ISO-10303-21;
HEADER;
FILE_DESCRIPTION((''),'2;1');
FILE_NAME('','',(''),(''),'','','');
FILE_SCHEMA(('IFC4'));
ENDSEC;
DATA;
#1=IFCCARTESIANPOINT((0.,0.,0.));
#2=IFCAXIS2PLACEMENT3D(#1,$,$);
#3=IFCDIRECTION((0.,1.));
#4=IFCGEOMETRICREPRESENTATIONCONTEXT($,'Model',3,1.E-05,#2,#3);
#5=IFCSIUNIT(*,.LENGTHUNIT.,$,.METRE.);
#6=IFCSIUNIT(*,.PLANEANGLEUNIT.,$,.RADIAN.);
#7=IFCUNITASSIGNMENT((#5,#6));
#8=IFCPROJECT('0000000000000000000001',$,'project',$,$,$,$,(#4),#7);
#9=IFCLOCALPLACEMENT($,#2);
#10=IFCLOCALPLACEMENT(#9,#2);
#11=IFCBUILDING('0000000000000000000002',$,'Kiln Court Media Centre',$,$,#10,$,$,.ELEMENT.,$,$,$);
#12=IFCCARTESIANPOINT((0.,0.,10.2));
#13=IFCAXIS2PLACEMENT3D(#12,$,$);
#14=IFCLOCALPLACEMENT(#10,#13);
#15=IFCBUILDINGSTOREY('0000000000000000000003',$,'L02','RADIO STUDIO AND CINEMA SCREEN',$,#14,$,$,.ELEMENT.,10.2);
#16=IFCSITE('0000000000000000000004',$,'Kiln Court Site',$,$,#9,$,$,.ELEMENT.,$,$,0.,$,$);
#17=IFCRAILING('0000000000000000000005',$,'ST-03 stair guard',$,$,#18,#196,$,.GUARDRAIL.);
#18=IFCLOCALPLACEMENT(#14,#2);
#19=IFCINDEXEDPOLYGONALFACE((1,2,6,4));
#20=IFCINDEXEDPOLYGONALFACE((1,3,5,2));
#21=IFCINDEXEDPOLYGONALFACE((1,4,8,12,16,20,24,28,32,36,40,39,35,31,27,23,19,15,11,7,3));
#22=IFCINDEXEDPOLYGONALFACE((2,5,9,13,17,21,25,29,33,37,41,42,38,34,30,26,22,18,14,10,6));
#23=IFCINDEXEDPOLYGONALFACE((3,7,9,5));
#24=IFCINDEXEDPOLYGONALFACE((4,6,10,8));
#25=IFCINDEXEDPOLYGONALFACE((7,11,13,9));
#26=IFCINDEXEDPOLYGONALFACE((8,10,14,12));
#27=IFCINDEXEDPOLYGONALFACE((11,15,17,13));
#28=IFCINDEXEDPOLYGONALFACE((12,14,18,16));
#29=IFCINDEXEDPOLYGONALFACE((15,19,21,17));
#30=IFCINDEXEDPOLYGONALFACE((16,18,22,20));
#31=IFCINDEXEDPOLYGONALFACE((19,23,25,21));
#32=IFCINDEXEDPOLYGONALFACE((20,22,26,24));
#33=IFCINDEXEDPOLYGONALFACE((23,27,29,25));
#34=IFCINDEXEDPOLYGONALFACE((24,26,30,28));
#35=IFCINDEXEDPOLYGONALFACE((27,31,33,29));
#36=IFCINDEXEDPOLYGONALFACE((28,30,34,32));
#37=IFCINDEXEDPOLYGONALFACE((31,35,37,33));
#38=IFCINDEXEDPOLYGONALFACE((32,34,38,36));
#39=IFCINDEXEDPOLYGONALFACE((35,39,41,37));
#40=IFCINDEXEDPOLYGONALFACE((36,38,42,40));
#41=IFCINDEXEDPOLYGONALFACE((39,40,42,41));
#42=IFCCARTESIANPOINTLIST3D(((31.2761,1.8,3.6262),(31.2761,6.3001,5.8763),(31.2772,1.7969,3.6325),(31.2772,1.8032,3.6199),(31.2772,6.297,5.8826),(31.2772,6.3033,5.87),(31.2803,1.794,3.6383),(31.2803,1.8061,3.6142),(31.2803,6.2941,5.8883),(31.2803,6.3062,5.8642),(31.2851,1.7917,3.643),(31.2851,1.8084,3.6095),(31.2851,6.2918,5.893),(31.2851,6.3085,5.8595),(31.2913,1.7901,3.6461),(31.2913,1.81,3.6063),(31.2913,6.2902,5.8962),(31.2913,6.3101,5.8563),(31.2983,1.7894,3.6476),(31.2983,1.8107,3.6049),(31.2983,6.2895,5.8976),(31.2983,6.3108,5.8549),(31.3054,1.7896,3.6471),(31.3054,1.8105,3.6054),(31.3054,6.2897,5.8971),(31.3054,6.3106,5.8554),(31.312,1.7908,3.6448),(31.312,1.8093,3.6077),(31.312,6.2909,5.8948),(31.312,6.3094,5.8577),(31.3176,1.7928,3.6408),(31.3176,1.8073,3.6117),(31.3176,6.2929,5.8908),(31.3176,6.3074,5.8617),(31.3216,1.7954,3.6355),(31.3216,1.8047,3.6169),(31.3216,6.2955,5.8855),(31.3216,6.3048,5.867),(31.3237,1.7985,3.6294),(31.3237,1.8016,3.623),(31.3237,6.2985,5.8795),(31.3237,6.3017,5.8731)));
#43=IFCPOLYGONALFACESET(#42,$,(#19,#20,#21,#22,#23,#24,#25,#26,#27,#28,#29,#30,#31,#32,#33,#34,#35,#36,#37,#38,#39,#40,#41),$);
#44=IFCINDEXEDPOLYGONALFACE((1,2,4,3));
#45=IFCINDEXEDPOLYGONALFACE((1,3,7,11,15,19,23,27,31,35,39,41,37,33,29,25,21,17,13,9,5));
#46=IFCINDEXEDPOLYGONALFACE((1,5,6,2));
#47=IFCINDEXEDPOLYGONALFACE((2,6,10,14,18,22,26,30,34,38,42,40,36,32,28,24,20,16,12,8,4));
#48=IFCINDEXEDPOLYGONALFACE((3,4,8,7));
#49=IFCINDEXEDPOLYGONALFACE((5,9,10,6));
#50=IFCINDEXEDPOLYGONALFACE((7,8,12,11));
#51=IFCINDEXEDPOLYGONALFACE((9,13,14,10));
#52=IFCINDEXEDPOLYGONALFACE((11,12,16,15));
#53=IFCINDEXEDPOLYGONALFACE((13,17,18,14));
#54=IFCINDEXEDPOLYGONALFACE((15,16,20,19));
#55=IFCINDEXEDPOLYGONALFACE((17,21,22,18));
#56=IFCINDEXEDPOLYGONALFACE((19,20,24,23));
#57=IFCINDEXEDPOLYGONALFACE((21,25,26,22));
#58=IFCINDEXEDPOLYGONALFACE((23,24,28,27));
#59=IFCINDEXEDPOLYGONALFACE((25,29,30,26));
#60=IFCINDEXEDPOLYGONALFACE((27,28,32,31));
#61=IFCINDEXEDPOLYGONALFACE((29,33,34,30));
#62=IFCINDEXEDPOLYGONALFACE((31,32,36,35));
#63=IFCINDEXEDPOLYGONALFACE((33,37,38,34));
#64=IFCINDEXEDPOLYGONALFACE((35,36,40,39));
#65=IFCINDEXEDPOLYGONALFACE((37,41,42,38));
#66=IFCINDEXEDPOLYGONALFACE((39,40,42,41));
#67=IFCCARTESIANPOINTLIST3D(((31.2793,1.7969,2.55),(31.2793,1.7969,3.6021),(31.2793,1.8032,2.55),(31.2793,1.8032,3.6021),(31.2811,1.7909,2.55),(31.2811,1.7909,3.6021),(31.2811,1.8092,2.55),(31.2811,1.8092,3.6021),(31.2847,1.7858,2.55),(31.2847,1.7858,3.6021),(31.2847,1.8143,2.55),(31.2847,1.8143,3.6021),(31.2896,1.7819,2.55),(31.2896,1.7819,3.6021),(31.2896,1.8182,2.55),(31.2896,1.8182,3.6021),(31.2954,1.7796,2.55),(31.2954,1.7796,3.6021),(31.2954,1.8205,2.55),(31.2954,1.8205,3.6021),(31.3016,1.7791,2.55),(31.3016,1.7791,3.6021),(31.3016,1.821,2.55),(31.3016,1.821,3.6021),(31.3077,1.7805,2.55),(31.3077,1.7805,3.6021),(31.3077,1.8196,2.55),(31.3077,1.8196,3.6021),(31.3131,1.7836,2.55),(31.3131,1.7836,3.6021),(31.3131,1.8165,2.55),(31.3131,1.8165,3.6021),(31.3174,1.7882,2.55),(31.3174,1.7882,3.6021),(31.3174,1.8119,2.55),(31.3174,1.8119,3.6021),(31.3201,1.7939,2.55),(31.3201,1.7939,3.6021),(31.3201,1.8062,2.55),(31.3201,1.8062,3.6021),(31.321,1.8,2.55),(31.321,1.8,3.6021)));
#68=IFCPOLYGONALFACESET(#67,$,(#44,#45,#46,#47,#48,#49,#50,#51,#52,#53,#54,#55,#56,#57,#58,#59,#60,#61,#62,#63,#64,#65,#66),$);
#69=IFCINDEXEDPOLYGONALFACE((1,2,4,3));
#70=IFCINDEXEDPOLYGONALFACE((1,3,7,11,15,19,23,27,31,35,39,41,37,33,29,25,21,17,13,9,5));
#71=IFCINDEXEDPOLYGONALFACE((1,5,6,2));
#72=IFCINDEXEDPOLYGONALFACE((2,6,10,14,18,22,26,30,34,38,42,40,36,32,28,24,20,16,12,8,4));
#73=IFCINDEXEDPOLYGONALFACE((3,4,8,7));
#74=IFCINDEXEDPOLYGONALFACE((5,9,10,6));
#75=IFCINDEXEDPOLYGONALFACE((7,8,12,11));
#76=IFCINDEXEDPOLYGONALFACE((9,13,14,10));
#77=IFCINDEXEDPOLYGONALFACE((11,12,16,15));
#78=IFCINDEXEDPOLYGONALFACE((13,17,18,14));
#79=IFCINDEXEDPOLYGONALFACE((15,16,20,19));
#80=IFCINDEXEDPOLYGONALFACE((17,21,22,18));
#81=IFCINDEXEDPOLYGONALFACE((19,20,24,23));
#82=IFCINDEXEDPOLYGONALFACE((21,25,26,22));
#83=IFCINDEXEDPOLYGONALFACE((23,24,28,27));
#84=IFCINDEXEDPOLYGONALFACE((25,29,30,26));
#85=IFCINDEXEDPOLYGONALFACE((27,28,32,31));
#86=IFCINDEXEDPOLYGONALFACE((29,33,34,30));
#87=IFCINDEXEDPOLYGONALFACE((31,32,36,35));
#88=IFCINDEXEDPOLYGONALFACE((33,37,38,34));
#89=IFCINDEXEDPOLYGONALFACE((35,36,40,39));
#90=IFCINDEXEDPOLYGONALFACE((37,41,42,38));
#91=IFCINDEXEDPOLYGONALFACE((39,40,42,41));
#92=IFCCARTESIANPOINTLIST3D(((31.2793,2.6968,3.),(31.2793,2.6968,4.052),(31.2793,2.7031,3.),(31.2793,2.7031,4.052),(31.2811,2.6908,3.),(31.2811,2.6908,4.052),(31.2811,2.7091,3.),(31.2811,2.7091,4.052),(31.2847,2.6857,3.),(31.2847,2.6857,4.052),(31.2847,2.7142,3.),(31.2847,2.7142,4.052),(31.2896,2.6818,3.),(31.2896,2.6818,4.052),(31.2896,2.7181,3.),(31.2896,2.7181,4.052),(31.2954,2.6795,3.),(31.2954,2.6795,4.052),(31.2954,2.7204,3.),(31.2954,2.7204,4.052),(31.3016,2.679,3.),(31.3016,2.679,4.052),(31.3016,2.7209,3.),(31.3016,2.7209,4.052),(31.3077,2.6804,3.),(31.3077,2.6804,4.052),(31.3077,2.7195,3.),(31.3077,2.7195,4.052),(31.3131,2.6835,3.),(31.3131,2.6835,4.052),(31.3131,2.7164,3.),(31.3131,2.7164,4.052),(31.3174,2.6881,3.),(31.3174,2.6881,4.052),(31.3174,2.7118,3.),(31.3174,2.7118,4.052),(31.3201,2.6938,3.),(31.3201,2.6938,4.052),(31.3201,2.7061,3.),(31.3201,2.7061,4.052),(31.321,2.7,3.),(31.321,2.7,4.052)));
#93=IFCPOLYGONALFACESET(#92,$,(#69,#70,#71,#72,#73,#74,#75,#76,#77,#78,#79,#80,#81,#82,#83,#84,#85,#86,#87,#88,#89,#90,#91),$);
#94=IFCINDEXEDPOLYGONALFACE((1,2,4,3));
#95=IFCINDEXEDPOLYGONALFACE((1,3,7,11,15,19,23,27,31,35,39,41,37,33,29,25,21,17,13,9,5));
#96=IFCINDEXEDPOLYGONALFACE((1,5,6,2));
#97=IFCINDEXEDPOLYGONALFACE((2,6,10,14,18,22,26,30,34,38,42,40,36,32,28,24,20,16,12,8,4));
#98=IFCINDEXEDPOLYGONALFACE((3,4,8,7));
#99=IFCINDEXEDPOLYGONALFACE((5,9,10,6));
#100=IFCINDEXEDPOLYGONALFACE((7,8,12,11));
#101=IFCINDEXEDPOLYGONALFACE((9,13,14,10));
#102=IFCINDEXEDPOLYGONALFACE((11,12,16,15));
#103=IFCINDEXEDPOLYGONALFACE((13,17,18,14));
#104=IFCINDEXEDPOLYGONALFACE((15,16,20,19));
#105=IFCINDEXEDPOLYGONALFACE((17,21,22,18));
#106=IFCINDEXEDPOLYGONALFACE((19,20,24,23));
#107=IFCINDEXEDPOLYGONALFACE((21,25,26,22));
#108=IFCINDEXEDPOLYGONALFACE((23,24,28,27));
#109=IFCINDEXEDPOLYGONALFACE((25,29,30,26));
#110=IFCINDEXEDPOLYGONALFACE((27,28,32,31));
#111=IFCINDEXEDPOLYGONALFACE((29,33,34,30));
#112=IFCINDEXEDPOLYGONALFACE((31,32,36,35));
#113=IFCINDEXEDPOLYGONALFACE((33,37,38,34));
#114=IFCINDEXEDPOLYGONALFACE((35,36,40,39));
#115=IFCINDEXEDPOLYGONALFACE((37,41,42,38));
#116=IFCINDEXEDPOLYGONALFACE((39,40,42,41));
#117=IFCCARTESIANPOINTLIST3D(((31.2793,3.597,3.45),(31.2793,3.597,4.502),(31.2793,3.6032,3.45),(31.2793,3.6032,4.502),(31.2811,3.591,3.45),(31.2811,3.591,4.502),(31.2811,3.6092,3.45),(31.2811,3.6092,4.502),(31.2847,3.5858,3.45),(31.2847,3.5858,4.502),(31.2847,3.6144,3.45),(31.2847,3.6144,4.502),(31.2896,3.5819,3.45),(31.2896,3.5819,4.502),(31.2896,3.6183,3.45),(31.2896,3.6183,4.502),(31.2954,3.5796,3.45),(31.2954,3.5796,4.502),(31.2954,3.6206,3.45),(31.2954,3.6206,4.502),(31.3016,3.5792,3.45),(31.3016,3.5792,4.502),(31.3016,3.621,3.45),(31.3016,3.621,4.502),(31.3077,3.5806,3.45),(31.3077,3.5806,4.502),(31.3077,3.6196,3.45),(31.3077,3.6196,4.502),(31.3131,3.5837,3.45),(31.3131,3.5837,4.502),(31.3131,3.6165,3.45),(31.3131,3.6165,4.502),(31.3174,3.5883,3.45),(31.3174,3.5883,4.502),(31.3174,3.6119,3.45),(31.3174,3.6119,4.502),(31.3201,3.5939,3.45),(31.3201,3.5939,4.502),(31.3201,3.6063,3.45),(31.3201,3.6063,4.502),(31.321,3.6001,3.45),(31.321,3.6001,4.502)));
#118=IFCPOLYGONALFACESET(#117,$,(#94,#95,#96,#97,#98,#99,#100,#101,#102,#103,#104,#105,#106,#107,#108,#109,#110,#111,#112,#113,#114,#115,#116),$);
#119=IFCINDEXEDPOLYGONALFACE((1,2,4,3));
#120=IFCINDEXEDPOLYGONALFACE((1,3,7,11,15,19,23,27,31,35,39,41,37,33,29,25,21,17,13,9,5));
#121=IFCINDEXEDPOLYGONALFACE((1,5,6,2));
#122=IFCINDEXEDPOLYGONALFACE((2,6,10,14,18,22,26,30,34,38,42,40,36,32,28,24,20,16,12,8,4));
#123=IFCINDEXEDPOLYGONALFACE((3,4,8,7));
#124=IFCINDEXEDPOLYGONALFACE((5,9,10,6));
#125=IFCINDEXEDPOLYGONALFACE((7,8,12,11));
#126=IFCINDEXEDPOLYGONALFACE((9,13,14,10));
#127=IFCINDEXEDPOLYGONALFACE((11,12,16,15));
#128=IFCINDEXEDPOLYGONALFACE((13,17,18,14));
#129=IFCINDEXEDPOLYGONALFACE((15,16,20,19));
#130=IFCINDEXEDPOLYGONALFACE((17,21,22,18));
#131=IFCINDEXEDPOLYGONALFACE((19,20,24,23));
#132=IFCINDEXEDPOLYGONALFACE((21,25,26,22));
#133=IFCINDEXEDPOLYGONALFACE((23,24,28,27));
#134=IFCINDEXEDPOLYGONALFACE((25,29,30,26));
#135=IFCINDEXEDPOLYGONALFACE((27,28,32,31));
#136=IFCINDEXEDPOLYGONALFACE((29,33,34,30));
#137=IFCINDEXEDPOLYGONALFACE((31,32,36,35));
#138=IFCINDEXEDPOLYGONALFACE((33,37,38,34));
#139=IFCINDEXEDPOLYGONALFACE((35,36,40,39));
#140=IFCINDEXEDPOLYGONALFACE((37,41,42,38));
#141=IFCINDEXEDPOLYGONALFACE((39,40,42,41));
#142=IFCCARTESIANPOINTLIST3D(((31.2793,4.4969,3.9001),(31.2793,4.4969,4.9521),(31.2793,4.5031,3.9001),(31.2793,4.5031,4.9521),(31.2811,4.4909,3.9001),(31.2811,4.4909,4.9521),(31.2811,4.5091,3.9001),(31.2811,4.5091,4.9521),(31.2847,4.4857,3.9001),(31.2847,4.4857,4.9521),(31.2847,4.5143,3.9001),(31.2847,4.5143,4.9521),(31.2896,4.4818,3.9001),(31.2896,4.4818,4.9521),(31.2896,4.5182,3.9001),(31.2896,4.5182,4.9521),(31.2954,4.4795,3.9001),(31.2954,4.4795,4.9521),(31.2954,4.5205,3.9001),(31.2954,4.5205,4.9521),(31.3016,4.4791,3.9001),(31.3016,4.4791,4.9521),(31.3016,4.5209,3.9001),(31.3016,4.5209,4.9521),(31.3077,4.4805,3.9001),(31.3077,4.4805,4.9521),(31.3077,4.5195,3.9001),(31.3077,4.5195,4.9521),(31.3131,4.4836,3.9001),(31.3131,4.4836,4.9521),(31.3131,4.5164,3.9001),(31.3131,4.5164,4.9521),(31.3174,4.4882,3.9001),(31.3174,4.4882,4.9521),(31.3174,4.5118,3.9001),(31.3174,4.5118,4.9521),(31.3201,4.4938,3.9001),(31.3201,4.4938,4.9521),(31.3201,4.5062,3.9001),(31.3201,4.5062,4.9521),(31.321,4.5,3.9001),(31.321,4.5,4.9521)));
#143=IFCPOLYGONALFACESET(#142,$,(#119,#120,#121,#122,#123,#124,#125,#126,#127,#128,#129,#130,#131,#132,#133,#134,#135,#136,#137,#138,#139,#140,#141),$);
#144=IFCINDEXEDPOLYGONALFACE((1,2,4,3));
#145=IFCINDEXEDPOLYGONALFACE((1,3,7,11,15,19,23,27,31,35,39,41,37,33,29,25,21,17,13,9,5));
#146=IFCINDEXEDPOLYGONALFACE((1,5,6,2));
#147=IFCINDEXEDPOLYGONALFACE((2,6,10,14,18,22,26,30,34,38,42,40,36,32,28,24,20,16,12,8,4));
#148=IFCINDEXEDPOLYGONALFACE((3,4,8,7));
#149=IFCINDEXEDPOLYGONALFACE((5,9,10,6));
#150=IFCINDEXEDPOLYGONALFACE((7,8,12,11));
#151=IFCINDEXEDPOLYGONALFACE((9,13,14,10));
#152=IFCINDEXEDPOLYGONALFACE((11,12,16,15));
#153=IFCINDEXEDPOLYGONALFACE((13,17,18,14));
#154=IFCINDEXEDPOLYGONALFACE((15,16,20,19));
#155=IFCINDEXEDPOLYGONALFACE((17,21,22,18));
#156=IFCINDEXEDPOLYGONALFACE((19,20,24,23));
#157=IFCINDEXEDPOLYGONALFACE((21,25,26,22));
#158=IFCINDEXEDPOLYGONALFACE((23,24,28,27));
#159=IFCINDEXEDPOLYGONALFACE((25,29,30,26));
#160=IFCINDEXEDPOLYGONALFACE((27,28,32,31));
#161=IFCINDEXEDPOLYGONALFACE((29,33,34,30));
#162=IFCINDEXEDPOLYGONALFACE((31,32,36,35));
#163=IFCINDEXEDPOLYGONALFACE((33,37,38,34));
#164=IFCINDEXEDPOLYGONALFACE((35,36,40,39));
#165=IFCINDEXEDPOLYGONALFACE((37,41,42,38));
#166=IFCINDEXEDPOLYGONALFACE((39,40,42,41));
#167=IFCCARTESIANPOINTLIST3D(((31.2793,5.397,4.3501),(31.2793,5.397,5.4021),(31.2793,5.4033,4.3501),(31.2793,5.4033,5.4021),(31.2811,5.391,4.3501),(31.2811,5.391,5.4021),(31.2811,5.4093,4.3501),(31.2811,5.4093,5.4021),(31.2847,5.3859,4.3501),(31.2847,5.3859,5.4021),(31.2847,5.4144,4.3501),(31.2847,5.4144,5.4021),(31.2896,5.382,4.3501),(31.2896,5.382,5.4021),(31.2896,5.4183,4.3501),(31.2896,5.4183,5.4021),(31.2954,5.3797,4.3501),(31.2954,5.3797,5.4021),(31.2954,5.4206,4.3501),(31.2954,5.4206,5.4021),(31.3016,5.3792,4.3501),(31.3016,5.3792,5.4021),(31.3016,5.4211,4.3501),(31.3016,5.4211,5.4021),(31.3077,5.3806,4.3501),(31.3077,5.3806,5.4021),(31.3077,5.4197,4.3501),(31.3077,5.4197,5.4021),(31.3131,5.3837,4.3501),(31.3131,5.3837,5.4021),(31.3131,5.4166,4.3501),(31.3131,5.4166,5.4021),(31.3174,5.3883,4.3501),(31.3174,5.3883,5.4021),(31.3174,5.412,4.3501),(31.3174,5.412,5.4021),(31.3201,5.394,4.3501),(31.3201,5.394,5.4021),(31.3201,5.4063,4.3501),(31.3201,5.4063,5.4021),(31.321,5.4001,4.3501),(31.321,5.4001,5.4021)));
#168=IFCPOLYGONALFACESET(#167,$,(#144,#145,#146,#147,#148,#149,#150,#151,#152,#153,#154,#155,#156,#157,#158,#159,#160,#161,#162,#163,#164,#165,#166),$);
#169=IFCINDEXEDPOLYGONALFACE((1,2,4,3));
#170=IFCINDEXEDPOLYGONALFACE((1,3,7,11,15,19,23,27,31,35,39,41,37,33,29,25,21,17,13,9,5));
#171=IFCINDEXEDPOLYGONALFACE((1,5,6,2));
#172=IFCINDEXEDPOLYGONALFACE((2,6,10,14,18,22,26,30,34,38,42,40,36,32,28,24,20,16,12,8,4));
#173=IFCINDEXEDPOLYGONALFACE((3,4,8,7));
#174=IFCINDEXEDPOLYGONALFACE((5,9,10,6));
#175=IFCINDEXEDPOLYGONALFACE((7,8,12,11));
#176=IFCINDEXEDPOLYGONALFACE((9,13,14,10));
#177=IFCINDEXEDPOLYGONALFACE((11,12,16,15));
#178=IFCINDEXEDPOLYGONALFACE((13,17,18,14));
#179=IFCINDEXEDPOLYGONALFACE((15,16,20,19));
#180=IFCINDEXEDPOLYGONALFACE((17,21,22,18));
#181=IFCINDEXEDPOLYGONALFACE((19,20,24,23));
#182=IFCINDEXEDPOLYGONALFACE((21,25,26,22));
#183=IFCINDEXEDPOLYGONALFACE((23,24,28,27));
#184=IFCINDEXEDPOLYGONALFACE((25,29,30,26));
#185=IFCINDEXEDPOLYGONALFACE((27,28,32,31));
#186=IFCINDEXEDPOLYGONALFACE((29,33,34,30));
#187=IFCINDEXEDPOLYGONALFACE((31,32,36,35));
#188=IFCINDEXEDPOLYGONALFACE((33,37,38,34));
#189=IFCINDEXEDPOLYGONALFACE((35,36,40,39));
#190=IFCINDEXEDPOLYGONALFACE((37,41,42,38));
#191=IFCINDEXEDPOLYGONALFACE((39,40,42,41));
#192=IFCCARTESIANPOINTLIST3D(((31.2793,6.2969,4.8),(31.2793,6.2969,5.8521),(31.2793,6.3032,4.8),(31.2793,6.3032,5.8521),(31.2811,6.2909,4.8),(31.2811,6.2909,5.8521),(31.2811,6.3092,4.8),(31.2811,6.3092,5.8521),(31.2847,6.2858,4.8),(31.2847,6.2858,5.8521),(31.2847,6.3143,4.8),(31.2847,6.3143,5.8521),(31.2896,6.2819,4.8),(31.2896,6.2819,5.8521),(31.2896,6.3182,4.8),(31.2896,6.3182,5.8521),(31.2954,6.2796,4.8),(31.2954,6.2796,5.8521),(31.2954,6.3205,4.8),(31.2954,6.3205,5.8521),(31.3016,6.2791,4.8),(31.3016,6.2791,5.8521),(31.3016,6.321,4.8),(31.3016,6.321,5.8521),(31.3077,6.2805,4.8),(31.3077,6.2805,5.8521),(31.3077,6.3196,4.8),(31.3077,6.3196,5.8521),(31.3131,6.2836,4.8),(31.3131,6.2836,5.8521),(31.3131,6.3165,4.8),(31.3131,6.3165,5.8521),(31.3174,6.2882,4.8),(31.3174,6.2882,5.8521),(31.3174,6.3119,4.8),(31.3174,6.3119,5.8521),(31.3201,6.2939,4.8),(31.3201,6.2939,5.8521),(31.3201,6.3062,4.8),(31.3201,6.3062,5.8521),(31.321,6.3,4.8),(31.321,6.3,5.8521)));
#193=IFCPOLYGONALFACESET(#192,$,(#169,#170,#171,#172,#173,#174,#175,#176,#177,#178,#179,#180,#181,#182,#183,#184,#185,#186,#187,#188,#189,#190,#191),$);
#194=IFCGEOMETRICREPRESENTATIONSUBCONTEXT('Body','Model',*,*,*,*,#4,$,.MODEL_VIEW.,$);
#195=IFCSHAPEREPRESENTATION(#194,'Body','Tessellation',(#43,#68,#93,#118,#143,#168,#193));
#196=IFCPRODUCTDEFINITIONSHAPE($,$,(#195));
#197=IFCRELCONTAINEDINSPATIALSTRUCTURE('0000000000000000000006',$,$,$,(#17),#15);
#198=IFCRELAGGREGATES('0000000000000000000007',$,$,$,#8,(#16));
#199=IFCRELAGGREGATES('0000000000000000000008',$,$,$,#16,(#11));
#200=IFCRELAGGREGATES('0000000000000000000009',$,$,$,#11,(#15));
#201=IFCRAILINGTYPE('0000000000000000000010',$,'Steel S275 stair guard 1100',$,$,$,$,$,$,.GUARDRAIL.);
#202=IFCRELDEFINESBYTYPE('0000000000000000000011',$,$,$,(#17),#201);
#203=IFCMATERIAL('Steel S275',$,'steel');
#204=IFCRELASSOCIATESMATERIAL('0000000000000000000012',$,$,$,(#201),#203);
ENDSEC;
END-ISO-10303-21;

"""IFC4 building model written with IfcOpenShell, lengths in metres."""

from ifc_helpers import new_model, si_unit, direction, frame, origin, origin_2d, place, context, subcontext, project, spatial, circle, extrude, material, type_object, element, save


model = new_model("IFC4")

# Units and contexts
model_context = context("Model", 3, precision=1e-05, world=origin(), true_north=direction((0.0, 1.0)))
body_context = subcontext(model_context, "Body", "Model", "MODEL_VIEW")
ifc_project = project(units=[si_unit("LENGTHUNIT", "METRE"), si_unit("PLANEANGLEUNIT", "RADIAN")], contexts=[model_context])

# Site, building, storey
site_placement = place(None, origin())
site = spatial("IfcSite", under=ifc_project, at=site_placement, Name="Kiln Court Site", CompositionType="ELEMENT", RefElevation=0.0)
building_placement = place(site_placement, origin())
building = spatial("IfcBuilding", under=site, at=building_placement, Name="Kiln Court Media Centre", CompositionType="ELEMENT")
storey_placement = place(building_placement, frame((0.0, 0.0, 10.2)))
storey = spatial("IfcBuildingStorey", under=building, at=storey_placement, Name="L02", Description="RADIO STUDIO AND CINEMA SCREEN", CompositionType="ELEMENT", Elevation=10.2)

# Railing
ifc_material_1 = material(Name="Steel S275", Category="steel")
railing_type_1 = type_object("IfcRailingType", Name="Steel S275 stair guard 1100", PredefinedType="GUARDRAIL", material=ifc_material_1)
railing_1_placement = place(storey_placement, frame((31.3, 1.8, 2.55)))
element("IfcRailing", 1, at=railing_1_placement, inside=storey, type_object=railing_type_1, Name="ST-03 stair guard", PredefinedType="GUARDRAIL", context=body_context, shape_type="SweptSolid", body=[
    extrude(circle(Radius=0.0239, at=origin_2d()), frame((0.0, 0.0, 1.0762), z_axis=(0.0, 0.894427, 0.447214), x_axis=(-1.0, 0.0, 0.0)), (0.0, 0.0, 1.0), 5.0312),
    extrude(circle(Radius=0.021, at=origin_2d()), origin(), (0.0, 0.0, 1.0), 1.052),
    extrude(circle(Radius=0.021, at=origin_2d()), frame((0.0, 0.8999, 0.45)), (0.0, 0.0, 1.0), 1.052),
    extrude(circle(Radius=0.021, at=origin_2d()), frame((0.0, 1.8, 0.8999)), (0.0, 0.0, 1.0), 1.052),
    extrude(circle(Radius=0.021, at=origin_2d()), frame((0.0, 2.7, 1.3501)), (0.0, 0.0, 1.0), 1.052),
    extrude(circle(Radius=0.021, at=origin_2d()), frame((0.0, 3.6001, 1.8)), (0.0, 0.0, 1.0), 1.052),
    extrude(circle(Radius=0.021, at=origin_2d()), frame((0.0, 4.5, 2.25)), (0.0, 0.0, 1.0), 1.052),
])

save(model, "model.ifc")
